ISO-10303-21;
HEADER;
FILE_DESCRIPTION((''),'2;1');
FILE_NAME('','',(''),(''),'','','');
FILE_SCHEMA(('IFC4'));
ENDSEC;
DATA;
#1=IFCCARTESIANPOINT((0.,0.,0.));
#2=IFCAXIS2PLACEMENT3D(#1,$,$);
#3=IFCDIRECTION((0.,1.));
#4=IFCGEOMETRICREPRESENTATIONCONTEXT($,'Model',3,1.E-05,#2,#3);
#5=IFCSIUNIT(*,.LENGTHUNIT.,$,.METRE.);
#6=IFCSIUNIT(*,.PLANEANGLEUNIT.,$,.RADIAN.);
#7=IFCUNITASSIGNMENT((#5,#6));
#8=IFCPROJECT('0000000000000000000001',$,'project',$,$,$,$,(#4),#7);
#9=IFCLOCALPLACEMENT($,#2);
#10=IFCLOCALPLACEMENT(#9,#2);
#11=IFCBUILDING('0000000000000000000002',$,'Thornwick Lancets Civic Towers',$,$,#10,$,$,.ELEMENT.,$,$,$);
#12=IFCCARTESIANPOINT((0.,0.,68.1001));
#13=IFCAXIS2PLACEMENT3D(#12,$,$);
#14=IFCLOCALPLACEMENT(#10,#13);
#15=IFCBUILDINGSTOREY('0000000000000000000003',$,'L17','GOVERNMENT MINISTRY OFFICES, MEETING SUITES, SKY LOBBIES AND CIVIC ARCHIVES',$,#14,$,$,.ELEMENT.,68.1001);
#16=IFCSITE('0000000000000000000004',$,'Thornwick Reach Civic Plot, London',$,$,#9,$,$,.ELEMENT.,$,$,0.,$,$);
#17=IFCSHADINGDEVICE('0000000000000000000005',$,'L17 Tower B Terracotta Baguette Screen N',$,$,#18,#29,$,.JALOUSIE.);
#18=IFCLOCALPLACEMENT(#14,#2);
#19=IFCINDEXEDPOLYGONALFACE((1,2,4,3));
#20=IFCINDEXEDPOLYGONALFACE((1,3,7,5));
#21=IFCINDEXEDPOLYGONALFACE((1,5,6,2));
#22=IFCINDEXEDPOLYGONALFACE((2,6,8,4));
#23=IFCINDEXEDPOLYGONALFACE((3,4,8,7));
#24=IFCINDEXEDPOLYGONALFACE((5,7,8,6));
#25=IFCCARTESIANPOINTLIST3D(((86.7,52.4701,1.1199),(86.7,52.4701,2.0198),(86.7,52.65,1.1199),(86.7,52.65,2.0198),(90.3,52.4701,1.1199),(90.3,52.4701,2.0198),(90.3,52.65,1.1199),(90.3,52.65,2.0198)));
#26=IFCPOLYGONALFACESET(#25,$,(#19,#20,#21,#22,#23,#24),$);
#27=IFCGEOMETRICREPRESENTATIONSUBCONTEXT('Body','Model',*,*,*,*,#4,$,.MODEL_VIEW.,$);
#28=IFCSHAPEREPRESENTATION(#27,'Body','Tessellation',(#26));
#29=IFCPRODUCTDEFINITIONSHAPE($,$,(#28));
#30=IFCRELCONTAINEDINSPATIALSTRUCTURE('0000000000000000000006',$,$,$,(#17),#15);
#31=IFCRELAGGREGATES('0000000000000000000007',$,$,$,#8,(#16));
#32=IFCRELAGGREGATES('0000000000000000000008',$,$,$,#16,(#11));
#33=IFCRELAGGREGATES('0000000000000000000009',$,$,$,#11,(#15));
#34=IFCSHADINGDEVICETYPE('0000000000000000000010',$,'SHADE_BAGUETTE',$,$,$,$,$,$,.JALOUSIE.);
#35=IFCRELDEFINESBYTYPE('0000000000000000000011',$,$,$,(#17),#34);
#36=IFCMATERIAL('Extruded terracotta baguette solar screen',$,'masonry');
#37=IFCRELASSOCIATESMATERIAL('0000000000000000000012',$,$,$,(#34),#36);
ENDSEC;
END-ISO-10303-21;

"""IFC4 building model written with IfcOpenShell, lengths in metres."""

from ifc_helpers import new_model, si_unit, direction, frame, origin, origin_2d, place, context, subcontext, project, spatial, rectangle, extrude, material, type_object, element, save


model = new_model("IFC4")

# Units and contexts
model_context = context("Model", 3, precision=1e-05, world=origin(), true_north=direction((0.0, 1.0)))
body_context = subcontext(model_context, "Body", "Model", "MODEL_VIEW")
ifc_project = project(units=[si_unit("LENGTHUNIT", "METRE"), si_unit("PLANEANGLEUNIT", "RADIAN")], contexts=[model_context])

# Site, building, storey
site_placement = place(None, origin())
site = spatial("IfcSite", under=ifc_project, at=site_placement, Name="Thornwick Reach Civic Plot, London", CompositionType="ELEMENT", RefElevation=0.0)
building_placement = place(site_placement, origin())
building = spatial("IfcBuilding", under=site, at=building_placement, Name="Thornwick Lancets Civic Towers", CompositionType="ELEMENT")
storey_placement = place(building_placement, frame((0.0, 0.0, 68.1001)))
storey = spatial("IfcBuildingStorey", under=building, at=storey_placement, Name="L17", Description="GOVERNMENT MINISTRY OFFICES, MEETING SUITES, SKY LOBBIES AND CIVIC ARCHIVES", CompositionType="ELEMENT", Elevation=68.1001)

# Shading device
ifc_material_1 = material(Name="Extruded terracotta baguette solar screen", Category="masonry")
shading_device_type = type_object("IfcShadingDeviceType", Name="SHADE_BAGUETTE", PredefinedType="JALOUSIE", material=ifc_material_1)
shading_device_placement = place(storey_placement, frame((88.5, 52.5601, 1.1199), z_axis=(0.0, 0.0, 1.0), x_axis=(1.0, 0.0, 0.0)))
element("IfcShadingDevice", 1, at=shading_device_placement, inside=storey, type_object=shading_device_type, Name="L17 Tower B Terracotta Baguette Screen N", PredefinedType="JALOUSIE", context=body_context, shape_type="SweptSolid", body=[
    extrude(rectangle(XDim=3.6001, YDim=0.1799, at=origin_2d()), origin(), (0.0, 0.0, 1.0), 0.8999),
])

save(model, "model.ifc")
